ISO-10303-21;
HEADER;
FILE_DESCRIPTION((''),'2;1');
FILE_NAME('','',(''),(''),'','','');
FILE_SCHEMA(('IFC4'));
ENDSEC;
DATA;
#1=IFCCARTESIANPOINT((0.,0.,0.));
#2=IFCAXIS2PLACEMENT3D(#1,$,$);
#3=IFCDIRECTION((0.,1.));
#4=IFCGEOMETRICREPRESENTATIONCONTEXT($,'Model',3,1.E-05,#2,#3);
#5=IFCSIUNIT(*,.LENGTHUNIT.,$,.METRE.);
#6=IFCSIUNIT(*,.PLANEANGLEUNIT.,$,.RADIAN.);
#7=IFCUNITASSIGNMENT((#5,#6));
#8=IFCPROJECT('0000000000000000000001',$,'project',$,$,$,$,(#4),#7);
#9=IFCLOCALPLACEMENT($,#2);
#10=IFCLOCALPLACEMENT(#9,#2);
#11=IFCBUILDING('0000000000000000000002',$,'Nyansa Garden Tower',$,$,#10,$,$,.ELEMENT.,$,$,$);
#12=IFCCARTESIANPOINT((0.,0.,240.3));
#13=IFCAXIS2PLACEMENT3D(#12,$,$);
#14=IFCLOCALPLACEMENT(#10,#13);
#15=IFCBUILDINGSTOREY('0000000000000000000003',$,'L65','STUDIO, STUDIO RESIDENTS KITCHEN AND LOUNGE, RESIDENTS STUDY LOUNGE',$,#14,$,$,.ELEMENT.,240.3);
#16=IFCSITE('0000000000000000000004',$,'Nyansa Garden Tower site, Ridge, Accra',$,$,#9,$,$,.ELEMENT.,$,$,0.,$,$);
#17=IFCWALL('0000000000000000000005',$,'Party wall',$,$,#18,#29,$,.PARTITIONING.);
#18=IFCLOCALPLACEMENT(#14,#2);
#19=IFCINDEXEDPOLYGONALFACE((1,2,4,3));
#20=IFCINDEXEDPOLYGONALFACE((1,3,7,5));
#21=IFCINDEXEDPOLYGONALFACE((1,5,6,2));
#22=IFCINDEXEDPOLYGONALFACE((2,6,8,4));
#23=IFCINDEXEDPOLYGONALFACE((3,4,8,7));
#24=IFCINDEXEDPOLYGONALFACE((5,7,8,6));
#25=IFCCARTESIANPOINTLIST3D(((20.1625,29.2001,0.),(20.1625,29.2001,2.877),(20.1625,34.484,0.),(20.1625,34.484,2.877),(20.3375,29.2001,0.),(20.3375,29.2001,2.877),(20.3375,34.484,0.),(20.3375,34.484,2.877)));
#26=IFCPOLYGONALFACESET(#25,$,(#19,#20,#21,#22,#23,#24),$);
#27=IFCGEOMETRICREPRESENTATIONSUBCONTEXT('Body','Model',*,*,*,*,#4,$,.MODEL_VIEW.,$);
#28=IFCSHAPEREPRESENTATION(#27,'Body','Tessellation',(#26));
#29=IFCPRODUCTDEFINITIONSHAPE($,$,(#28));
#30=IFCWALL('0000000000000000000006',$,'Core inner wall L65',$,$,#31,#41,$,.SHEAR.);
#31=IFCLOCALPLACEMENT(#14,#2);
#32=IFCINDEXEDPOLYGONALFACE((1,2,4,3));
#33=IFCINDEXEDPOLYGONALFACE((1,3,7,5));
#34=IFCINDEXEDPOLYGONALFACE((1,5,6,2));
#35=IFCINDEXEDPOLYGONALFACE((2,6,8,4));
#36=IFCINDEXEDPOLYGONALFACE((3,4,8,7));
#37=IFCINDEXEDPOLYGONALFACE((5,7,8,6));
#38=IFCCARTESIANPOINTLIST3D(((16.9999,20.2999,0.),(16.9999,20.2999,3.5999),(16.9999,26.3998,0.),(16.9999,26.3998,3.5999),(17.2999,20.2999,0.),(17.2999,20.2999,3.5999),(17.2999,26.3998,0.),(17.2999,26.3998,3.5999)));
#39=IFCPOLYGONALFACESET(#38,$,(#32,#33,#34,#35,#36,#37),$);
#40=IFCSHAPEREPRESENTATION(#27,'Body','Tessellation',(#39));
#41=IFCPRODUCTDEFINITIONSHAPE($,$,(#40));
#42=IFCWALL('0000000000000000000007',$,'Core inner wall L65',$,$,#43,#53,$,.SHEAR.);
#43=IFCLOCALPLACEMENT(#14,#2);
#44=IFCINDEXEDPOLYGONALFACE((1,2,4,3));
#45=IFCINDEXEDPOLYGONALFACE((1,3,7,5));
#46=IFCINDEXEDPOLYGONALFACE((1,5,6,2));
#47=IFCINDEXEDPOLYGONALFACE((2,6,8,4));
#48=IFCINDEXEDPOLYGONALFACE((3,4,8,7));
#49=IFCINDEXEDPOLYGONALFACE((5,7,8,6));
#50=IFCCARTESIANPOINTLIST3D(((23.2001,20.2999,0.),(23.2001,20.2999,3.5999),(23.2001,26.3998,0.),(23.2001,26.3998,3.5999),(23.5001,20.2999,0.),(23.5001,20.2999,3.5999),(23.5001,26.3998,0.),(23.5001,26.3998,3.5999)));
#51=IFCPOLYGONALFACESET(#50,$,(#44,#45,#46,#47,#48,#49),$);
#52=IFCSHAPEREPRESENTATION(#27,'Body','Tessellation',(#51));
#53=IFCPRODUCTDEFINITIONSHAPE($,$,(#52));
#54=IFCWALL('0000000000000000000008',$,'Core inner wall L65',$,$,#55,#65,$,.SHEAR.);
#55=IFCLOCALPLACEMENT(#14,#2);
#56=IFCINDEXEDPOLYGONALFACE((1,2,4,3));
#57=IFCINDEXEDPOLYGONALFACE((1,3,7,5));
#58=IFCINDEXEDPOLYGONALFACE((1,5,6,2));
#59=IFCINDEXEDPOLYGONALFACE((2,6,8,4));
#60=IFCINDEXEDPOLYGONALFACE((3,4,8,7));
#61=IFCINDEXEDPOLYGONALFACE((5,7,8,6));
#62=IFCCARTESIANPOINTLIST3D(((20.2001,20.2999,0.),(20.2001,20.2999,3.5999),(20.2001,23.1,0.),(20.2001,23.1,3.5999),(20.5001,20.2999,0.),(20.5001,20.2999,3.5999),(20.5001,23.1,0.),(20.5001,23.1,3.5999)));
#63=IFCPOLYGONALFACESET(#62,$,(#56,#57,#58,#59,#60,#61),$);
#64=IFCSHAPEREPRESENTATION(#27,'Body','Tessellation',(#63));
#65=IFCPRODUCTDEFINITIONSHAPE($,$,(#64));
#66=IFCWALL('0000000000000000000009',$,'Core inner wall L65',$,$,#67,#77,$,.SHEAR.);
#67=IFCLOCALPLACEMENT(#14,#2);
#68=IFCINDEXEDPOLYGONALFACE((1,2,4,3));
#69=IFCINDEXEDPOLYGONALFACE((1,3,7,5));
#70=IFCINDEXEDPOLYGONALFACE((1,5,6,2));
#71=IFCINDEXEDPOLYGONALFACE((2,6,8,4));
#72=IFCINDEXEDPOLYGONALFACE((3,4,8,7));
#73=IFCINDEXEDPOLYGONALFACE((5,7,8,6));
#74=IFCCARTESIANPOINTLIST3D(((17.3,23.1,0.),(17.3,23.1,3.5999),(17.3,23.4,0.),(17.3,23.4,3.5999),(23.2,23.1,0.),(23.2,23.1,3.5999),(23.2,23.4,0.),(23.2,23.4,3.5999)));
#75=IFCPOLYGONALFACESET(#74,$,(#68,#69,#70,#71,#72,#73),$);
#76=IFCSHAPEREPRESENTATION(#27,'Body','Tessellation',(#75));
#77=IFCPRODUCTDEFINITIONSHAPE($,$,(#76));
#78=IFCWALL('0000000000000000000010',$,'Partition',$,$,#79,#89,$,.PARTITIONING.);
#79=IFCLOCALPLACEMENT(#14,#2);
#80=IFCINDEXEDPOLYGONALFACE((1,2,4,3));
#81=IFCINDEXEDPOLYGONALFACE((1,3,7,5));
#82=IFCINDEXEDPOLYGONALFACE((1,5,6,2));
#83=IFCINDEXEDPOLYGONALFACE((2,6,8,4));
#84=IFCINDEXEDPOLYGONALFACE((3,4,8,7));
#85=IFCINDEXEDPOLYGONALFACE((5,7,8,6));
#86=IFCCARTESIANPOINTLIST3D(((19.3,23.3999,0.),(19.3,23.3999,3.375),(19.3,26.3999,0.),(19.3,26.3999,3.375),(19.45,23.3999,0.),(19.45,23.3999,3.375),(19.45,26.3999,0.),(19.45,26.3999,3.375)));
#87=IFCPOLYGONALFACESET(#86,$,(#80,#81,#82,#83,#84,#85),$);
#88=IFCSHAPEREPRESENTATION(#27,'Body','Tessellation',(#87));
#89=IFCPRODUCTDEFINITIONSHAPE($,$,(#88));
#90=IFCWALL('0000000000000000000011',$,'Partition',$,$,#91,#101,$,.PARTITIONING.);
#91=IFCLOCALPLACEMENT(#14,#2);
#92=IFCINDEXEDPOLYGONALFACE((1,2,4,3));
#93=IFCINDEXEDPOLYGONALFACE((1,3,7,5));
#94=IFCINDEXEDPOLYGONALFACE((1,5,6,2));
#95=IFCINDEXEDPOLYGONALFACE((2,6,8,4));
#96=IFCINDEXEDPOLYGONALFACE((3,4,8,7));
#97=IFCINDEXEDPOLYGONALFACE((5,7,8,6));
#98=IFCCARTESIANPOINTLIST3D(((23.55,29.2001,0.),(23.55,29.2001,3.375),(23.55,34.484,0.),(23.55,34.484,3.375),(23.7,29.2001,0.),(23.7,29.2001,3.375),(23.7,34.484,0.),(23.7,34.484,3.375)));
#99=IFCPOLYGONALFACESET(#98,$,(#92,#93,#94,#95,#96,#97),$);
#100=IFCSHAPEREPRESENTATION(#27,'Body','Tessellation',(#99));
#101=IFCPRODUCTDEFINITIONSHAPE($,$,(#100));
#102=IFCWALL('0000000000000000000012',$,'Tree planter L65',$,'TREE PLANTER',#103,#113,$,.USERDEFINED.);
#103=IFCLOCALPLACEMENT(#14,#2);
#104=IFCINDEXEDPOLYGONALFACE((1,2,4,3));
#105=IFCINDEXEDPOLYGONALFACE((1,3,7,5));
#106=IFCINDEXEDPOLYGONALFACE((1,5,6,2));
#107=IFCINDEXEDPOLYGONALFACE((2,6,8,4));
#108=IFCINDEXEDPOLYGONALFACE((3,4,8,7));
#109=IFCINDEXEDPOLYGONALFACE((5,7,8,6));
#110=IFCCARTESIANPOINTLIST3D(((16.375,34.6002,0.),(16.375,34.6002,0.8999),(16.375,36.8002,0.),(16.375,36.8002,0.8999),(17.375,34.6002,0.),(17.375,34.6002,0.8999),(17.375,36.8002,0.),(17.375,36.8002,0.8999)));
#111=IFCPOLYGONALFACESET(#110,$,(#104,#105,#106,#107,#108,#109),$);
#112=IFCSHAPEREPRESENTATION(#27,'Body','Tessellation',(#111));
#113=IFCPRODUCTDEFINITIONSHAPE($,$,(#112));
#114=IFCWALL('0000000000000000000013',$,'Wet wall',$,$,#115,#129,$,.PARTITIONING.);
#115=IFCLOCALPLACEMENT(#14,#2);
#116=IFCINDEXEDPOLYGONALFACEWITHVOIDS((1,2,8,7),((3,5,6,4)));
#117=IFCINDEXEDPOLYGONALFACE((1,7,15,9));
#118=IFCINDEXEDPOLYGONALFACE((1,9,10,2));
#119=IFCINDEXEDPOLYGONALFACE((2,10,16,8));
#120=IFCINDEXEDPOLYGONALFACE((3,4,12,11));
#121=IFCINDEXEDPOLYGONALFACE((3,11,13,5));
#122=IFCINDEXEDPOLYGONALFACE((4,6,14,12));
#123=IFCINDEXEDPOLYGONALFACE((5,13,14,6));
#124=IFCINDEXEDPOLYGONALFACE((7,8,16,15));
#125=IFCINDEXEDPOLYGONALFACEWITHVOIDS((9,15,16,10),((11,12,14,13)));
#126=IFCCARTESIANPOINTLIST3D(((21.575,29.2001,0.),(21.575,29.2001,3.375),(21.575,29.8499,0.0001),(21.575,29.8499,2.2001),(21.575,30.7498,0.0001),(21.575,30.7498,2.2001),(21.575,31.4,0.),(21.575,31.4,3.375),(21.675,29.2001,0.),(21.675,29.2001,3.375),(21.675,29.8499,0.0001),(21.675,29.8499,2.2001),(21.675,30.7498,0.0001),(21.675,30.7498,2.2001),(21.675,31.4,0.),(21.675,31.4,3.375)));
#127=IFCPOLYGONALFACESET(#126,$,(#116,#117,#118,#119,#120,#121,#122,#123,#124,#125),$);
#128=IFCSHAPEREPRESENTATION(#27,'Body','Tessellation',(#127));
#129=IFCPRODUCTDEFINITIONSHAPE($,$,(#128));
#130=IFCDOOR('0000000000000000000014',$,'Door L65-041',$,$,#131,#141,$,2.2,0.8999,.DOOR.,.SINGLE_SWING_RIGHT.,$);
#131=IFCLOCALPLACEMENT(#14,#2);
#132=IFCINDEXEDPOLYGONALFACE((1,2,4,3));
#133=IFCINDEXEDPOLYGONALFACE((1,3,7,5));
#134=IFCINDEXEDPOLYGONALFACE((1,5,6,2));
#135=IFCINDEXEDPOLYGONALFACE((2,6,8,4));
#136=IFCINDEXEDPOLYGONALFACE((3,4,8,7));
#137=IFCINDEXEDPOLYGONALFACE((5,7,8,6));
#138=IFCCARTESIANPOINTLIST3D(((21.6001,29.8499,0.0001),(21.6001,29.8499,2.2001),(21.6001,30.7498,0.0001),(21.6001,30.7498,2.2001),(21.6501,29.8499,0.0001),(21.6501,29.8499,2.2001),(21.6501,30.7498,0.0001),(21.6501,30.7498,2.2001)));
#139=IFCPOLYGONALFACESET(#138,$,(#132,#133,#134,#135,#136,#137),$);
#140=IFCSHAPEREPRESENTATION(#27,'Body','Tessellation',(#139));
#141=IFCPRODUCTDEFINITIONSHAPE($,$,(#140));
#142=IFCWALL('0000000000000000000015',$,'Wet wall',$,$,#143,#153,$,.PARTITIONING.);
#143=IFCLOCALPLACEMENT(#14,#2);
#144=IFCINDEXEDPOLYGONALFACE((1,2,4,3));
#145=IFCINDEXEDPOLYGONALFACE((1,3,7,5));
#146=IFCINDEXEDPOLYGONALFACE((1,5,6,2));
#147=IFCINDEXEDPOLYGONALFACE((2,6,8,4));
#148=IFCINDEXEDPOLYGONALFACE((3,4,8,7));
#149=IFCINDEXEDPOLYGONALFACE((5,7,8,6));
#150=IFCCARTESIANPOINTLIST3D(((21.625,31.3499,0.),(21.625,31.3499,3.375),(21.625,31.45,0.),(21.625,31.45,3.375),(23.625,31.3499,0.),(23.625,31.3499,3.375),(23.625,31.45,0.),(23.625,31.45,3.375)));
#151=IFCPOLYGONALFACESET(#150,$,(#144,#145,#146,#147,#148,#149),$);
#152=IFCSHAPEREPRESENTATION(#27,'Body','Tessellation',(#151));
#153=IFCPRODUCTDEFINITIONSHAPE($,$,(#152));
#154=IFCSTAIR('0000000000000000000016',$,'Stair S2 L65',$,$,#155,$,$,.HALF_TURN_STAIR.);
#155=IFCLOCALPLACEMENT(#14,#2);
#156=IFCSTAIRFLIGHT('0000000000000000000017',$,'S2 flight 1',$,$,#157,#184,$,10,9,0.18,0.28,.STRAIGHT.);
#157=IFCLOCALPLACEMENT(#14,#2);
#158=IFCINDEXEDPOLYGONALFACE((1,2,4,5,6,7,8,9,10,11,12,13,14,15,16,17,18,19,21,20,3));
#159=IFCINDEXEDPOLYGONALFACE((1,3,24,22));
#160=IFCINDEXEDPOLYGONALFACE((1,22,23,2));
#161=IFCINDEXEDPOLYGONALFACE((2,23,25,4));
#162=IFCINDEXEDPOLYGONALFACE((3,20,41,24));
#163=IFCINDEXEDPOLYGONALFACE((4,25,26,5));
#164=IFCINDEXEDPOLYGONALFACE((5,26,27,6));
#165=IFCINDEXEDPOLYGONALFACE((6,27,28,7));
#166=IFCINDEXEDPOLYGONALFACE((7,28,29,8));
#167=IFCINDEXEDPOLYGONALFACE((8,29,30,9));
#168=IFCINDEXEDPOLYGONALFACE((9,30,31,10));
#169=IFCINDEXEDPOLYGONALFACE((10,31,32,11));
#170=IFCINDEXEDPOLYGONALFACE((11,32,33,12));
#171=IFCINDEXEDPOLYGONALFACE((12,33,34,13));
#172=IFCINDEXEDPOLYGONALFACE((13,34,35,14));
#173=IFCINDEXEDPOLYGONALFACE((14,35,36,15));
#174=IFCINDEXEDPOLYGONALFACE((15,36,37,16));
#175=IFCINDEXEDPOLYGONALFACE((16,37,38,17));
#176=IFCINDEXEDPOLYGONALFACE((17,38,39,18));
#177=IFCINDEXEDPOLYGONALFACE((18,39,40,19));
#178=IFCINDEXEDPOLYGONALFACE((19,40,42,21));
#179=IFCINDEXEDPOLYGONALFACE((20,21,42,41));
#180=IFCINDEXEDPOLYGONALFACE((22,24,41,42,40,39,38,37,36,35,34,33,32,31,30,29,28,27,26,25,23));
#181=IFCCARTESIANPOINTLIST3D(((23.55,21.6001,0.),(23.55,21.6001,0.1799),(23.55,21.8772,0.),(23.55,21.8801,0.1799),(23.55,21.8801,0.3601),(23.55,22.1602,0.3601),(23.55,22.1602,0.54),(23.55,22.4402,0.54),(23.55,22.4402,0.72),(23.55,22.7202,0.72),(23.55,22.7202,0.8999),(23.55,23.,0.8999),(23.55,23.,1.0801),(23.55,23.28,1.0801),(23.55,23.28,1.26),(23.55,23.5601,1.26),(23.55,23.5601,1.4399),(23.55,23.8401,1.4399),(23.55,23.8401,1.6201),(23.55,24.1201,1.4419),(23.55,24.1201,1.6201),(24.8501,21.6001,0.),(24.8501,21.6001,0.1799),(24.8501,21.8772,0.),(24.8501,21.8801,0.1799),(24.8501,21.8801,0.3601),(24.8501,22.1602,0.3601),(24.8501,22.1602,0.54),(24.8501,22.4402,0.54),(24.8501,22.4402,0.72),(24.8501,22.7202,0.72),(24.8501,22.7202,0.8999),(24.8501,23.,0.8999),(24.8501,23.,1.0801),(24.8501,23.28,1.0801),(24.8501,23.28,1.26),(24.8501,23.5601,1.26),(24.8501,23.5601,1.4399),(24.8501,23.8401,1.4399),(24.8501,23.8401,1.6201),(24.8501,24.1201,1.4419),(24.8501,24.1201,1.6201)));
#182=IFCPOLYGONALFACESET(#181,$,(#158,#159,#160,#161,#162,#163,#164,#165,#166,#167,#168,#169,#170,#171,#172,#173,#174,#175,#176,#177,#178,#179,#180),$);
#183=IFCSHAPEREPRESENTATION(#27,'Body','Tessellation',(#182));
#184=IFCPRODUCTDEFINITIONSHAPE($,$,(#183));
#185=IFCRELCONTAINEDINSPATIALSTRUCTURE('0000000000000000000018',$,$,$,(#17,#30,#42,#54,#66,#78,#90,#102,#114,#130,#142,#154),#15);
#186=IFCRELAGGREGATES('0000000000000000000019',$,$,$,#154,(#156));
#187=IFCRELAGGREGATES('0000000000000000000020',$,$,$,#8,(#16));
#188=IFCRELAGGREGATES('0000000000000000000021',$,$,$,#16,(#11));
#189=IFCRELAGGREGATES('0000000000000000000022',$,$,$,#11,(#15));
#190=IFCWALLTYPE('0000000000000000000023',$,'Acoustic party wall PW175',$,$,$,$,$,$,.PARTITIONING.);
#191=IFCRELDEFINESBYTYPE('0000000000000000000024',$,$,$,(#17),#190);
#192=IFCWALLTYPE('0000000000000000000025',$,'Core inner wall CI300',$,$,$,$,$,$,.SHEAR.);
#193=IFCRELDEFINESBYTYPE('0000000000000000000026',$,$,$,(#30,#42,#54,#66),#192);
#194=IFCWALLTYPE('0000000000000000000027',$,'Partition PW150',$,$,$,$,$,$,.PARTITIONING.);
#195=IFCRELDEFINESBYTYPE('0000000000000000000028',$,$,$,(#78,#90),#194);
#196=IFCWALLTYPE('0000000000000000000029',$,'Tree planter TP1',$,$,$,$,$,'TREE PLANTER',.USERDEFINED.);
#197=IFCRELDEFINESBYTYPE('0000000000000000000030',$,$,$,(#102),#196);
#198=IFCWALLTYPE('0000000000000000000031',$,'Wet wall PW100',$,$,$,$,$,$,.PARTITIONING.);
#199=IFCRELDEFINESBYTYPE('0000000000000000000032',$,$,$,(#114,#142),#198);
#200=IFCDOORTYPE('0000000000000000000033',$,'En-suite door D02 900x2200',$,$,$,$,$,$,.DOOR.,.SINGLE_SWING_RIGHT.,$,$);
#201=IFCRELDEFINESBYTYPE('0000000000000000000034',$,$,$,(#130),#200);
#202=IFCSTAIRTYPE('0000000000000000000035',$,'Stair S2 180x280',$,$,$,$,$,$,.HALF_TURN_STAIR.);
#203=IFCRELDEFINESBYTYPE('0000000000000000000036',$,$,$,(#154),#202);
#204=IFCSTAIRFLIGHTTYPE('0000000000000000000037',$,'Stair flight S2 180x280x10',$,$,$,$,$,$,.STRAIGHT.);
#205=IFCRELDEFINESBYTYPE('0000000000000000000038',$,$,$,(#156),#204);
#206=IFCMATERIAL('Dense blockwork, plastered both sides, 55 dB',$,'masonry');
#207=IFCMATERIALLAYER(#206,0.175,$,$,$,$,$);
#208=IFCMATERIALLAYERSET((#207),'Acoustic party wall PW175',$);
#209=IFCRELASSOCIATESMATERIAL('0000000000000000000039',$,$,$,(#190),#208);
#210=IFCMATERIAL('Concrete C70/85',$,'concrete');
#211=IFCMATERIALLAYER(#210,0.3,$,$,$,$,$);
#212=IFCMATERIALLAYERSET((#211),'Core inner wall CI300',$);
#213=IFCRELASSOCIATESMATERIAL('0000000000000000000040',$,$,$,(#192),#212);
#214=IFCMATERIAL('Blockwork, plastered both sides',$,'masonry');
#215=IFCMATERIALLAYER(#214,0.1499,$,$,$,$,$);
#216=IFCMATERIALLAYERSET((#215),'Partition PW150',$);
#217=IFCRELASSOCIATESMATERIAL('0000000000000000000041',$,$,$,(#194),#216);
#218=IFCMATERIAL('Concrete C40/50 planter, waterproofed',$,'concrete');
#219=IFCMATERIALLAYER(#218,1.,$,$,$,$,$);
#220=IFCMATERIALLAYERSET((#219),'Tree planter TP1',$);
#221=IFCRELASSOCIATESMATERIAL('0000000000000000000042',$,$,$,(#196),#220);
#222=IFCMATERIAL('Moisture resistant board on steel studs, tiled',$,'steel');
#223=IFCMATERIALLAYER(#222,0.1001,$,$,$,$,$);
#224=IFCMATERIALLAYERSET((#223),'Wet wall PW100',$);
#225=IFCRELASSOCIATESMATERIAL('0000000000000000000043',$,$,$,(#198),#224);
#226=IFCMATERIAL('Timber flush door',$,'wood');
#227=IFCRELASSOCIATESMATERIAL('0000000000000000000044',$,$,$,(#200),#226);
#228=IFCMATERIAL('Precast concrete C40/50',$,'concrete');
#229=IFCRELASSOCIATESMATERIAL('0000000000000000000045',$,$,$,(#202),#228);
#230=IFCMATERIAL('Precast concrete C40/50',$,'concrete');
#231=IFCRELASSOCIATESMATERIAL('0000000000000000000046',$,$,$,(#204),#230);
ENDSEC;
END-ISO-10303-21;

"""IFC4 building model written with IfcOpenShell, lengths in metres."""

from ifc_helpers import new_model, si_unit, direction, frame, frame_2d, origin, place, context, subcontext, project, spatial, polyline, rectangle, outline, extrude, material, layer, layer_set, type_object, element, fill, aggregate, save


model = new_model("IFC4")

# Units and contexts
model_context = context("Model", 3, precision=1e-05, world=origin(), true_north=direction((0.0, 1.0)))
body_context = subcontext(model_context, "Body", "Model", "MODEL_VIEW")
ifc_project = project(units=[si_unit("LENGTHUNIT", "METRE"), si_unit("PLANEANGLEUNIT", "RADIAN")], contexts=[model_context])

# Site, building, storey
site_placement = place(None, origin())
site = spatial("IfcSite", under=ifc_project, at=site_placement, Name="Nyansa Garden Tower site, Ridge, Accra", CompositionType="ELEMENT", RefElevation=0.0)
building_placement = place(site_placement, origin())
building = spatial("IfcBuilding", under=site, at=building_placement, Name="Nyansa Garden Tower", CompositionType="ELEMENT")
storey_placement = place(building_placement, frame((0.0, 0.0, 240.3)))
storey = spatial("IfcBuildingStorey", under=building, at=storey_placement, Name="L65", Description="STUDIO, STUDIO RESIDENTS KITCHEN AND LOUNGE, RESIDENTS STUDY LOUNGE", CompositionType="ELEMENT", Elevation=240.3)

# Walls
ifc_material_1 = material(Name="Dense blockwork, plastered both sides, 55 dB", Category="masonry")
ifc_layer_1 = layer(ifc_material_1, 0.175)
ifc_layer_set_1 = layer_set([ifc_layer_1], Name="Acoustic party wall PW175")
wall_type_1 = type_object("IfcWallType", Name="Acoustic party wall PW175", PredefinedType="PARTITIONING", material=ifc_layer_set_1)
wall_1_placement = place(storey_placement, frame((20.25, 29.2, 0.0), z_axis=(0.0, 0.0, 1.0), x_axis=(0.0, 1.0, 0.0)))
element("IfcWall", 1, at=wall_1_placement, inside=storey, type_object=wall_type_1, Name="Party wall", PredefinedType="PARTITIONING", context=body_context, shape_type="SweptSolid", body=[
    extrude(rectangle(XDim=5.2839, YDim=0.175, at=frame_2d((2.6421, 0.0))), origin(), (0.0, 0.0, 1.0), 2.877),
])
ifc_material_2 = material(Name="Concrete C70/85", Category="concrete")
ifc_layer_2 = layer(ifc_material_2, 0.3)
ifc_layer_set_2 = layer_set([ifc_layer_2], Name="Core inner wall CI300")
wall_type_2 = type_object("IfcWallType", Name="Core inner wall CI300", PredefinedType="SHEAR", material=ifc_layer_set_2)
for number, where, z_axis, x_axis, name in (
    (2, (17.1499, 20.3, 0.0), (0.0, 0.0, 1.0), (0.0, 1.0, 0.0), "Core inner wall L65"),
    (3, (23.3501, 20.3, 0.0), (0.0, 0.0, 1.0), (0.0, 1.0, 0.0), "Core inner wall L65"),
):
    element("IfcWall", number, at=place(storey_placement, frame(where, z_axis=z_axis, x_axis=x_axis)), inside=storey, type_object=wall_type_2, Name=name, PredefinedType="SHEAR", context=body_context, shape_type="SweptSolid", body=[
        extrude(rectangle(XDim=6.0999, YDim=0.3, at=frame_2d((3.0498, 0.0))), origin(), (0.0, 0.0, 1.0), 3.5999),
    ])
wall_2_placement = place(storey_placement, frame((20.3501, 20.3, 0.0), z_axis=(0.0, 0.0, 1.0), x_axis=(0.0, 1.0, 0.0)))
element("IfcWall", 4, at=wall_2_placement, inside=storey, type_object=wall_type_2, Name="Core inner wall L65", PredefinedType="SHEAR", context=body_context, shape_type="SweptSolid", body=[
    extrude(rectangle(XDim=2.8, YDim=0.3, at=frame_2d((1.3999, 0.0))), origin(), (0.0, 0.0, 1.0), 3.5999),
])
wall_3_placement = place(storey_placement, frame((17.3, 23.25, 0.0), z_axis=(0.0, 0.0, 1.0), x_axis=(1.0, 0.0, 0.0)))
element("IfcWall", 5, at=wall_3_placement, inside=storey, type_object=wall_type_2, Name="Core inner wall L65", PredefinedType="SHEAR", context=body_context, shape_type="SweptSolid", body=[
    extrude(rectangle(XDim=5.8999, YDim=0.3, at=frame_2d((2.95, 0.0))), origin(), (0.0, 0.0, 1.0), 3.5999),
])
ifc_material_3 = material(Name="Blockwork, plastered both sides", Category="masonry")
ifc_layer_3 = layer(ifc_material_3, 0.1499)
ifc_layer_set_3 = layer_set([ifc_layer_3], Name="Partition PW150")
wall_type_3 = type_object("IfcWallType", Name="Partition PW150", PredefinedType="PARTITIONING", material=ifc_layer_set_3)
wall_4_placement = place(storey_placement, frame((19.375, 23.3999, 0.0), z_axis=(0.0, 0.0, 1.0), x_axis=(0.0, 1.0, 0.0)))
element("IfcWall", 6, at=wall_4_placement, inside=storey, type_object=wall_type_3, Name="Partition", PredefinedType="PARTITIONING", context=body_context, shape_type="SweptSolid", body=[
    extrude(rectangle(XDim=3.0, YDim=0.1499, at=frame_2d((1.5, 0.0))), origin(), (0.0, 0.0, 1.0), 3.375),
])
wall_5_placement = place(storey_placement, frame((23.625, 29.2, 0.0), z_axis=(0.0, 0.0, 1.0), x_axis=(0.0, 1.0, 0.0)))
element("IfcWall", 7, at=wall_5_placement, inside=storey, type_object=wall_type_3, Name="Partition", PredefinedType="PARTITIONING", context=body_context, shape_type="SweptSolid", body=[
    extrude(rectangle(XDim=5.2839, YDim=0.1499, at=frame_2d((2.6421, 0.0))), origin(), (0.0, 0.0, 1.0), 3.375),
])
ifc_material_4 = material(Name="Concrete C40/50 planter, waterproofed", Category="concrete")
ifc_layer_4 = layer(ifc_material_4, 1.0)
ifc_layer_set_4 = layer_set([ifc_layer_4], Name="Tree planter TP1")
wall_type_4 = type_object("IfcWallType", Name="Tree planter TP1", ElementType="TREE PLANTER", PredefinedType="USERDEFINED", material=ifc_layer_set_4)
wall_6_placement = place(storey_placement, frame((16.875, 34.6001, 0.0), z_axis=(0.0, 0.0, 1.0), x_axis=(0.0, 1.0, 0.0)))
element("IfcWall", 8, at=wall_6_placement, inside=storey, type_object=wall_type_4, Name="Tree planter L65", ObjectType="TREE PLANTER", PredefinedType="USERDEFINED", context=body_context, shape_type="SweptSolid", body=[
    extrude(rectangle(XDim=2.2, YDim=1.0, at=frame_2d((1.1001, 0.0))), origin(), (0.0, 0.0, 1.0), 0.8999),
])

# Wall, opening, door
ifc_material_5 = material(Name="Moisture resistant board on steel studs, tiled", Category="steel")
ifc_layer_5 = layer(ifc_material_5, 0.1001)
ifc_layer_set_5 = layer_set([ifc_layer_5], Name="Wet wall PW100")
wall_type_5 = type_object("IfcWallType", Name="Wet wall PW100", PredefinedType="PARTITIONING", material=ifc_layer_set_5)
wall_7_placement = place(storey_placement, frame((21.625, 29.2, 0.0), z_axis=(0.0, 0.0, 1.0), x_axis=(0.0, 1.0, 0.0)))
wall_7 = element("IfcWall", 9, at=wall_7_placement, inside=storey, type_object=wall_type_5, Name="Wet wall", PredefinedType="PARTITIONING", context=body_context, shape_type="SweptSolid", body=[
    extrude(rectangle(XDim=2.2, YDim=0.1001, at=frame_2d((1.1001, 0.0))), origin(), (0.0, 0.0, 1.0), 3.375),
])
opening_placement = place(wall_7_placement, frame((0.6499, 0.0, 0.0)))
opening = element("IfcOpeningElement", 10, at=opening_placement, cuts=wall_7, PredefinedType="OPENING", context=body_context, shape_type="SweptSolid", body=[
    extrude(rectangle(XDim=0.8999, YDim=2.2, at=frame_2d((0.45, 1.1001))), frame((0.0, 0.0601, 0.0), z_axis=(0.0, -1.0, 0.0), x_axis=(1.0, 0.0, 0.0)), (0.0, 0.0, 1.0), 0.1201),
])
ifc_material_6 = material(Name="Timber flush door", Category="wood")
door_type = type_object("IfcDoorType", Name="En-suite door D02 900x2200", OperationType="SINGLE_SWING_RIGHT", PredefinedType="DOOR", material=ifc_material_6)
door_placement = place(opening_placement, origin())
door = element("IfcDoor", 11, at=door_placement, inside=storey, type_object=door_type, Name="Door L65-041", OperationType="SINGLE_SWING_RIGHT", OverallHeight=2.2, OverallWidth=0.8999, PredefinedType="DOOR", context=body_context, shape_type="SweptSolid", body=[
    extrude(rectangle(XDim=0.8999, YDim=2.2, at=frame_2d((0.45, 1.1001))), frame((0.0, 0.0249, 0.0), z_axis=(0.0, -1.0, 0.0), x_axis=(1.0, 0.0, 0.0)), (0.0, 0.0, 1.0), 0.05),
])
fill(opening, door)

# Wall
wall_8_placement = place(storey_placement, frame((21.625, 31.3999, 0.0), z_axis=(0.0, 0.0, 1.0), x_axis=(1.0, 0.0, 0.0)))
element("IfcWall", 12, at=wall_8_placement, inside=storey, type_object=wall_type_5, Name="Wet wall", PredefinedType="PARTITIONING", context=body_context, shape_type="SweptSolid", body=[
    extrude(rectangle(XDim=2.0, YDim=0.1001, at=frame_2d((1.0, 0.0))), origin(), (0.0, 0.0, 1.0), 3.375),
])

# Stair, stair flight
ifc_material_7 = material(Name="Precast concrete C40/50", Category="concrete")
stair_type = type_object("IfcStairType", Name="Stair S2 180x280", PredefinedType="HALF_TURN_STAIR", material=ifc_material_7)
stair_placement = place(storey_placement, origin())
stair = element("IfcStair", 13, at=stair_placement, inside=storey, type_object=stair_type, Name="Stair S2 L65", PredefinedType="HALF_TURN_STAIR")
ifc_material_8 = material(Name="Precast concrete C40/50", Category="concrete")
stair_flight_type = type_object("IfcStairFlightType", Name="Stair flight S2 180x280x10", PredefinedType="STRAIGHT", material=ifc_material_8)
stair_flight_1_placement = place(storey_placement, frame((24.2, 21.6001, 0.0), z_axis=(0.0, 0.0, 1.0), x_axis=(0.0, 1.0, 0.0)))
stair_flight_1 = element("IfcStairFlight", 14, at=stair_flight_1_placement, type_object=stair_flight_type, Name="S2 flight 1", NumberOfRisers=10, NumberOfTreads=9, PredefinedType="STRAIGHT", RiserHeight=0.18, TreadLength=0.28, context=body_context, shape_type="SweptSolid", body=[
    extrude(outline(polyline([(0.0, 0.0), (0.0, 0.1799), (0.28, 0.1799), (0.28, 0.3601), (0.5601, 0.3601), (0.5601, 0.54), (0.8401, 0.54), (0.8401, 0.72), (1.1201, 0.72), (1.1201, 0.8999), (1.3999, 0.8999), (1.3999, 1.0801), (1.6799, 1.0801), (1.6799, 1.26), (1.96, 1.26), (1.96, 1.4399), (2.24, 1.4399), (2.24, 1.6201), (2.52, 1.6201), (2.52, 1.8), (2.52, 1.4419), (0.2771, 0.0), (0.0, 0.0)])), frame((0.0, 0.6499, 0.0), z_axis=(0.0, -1.0, 0.0), x_axis=(1.0, 0.0, 0.0)), (0.0, 0.0, 1.0), 1.3),
])
aggregate(stair, [stair_flight_1])

save(model, "model.ifc")
